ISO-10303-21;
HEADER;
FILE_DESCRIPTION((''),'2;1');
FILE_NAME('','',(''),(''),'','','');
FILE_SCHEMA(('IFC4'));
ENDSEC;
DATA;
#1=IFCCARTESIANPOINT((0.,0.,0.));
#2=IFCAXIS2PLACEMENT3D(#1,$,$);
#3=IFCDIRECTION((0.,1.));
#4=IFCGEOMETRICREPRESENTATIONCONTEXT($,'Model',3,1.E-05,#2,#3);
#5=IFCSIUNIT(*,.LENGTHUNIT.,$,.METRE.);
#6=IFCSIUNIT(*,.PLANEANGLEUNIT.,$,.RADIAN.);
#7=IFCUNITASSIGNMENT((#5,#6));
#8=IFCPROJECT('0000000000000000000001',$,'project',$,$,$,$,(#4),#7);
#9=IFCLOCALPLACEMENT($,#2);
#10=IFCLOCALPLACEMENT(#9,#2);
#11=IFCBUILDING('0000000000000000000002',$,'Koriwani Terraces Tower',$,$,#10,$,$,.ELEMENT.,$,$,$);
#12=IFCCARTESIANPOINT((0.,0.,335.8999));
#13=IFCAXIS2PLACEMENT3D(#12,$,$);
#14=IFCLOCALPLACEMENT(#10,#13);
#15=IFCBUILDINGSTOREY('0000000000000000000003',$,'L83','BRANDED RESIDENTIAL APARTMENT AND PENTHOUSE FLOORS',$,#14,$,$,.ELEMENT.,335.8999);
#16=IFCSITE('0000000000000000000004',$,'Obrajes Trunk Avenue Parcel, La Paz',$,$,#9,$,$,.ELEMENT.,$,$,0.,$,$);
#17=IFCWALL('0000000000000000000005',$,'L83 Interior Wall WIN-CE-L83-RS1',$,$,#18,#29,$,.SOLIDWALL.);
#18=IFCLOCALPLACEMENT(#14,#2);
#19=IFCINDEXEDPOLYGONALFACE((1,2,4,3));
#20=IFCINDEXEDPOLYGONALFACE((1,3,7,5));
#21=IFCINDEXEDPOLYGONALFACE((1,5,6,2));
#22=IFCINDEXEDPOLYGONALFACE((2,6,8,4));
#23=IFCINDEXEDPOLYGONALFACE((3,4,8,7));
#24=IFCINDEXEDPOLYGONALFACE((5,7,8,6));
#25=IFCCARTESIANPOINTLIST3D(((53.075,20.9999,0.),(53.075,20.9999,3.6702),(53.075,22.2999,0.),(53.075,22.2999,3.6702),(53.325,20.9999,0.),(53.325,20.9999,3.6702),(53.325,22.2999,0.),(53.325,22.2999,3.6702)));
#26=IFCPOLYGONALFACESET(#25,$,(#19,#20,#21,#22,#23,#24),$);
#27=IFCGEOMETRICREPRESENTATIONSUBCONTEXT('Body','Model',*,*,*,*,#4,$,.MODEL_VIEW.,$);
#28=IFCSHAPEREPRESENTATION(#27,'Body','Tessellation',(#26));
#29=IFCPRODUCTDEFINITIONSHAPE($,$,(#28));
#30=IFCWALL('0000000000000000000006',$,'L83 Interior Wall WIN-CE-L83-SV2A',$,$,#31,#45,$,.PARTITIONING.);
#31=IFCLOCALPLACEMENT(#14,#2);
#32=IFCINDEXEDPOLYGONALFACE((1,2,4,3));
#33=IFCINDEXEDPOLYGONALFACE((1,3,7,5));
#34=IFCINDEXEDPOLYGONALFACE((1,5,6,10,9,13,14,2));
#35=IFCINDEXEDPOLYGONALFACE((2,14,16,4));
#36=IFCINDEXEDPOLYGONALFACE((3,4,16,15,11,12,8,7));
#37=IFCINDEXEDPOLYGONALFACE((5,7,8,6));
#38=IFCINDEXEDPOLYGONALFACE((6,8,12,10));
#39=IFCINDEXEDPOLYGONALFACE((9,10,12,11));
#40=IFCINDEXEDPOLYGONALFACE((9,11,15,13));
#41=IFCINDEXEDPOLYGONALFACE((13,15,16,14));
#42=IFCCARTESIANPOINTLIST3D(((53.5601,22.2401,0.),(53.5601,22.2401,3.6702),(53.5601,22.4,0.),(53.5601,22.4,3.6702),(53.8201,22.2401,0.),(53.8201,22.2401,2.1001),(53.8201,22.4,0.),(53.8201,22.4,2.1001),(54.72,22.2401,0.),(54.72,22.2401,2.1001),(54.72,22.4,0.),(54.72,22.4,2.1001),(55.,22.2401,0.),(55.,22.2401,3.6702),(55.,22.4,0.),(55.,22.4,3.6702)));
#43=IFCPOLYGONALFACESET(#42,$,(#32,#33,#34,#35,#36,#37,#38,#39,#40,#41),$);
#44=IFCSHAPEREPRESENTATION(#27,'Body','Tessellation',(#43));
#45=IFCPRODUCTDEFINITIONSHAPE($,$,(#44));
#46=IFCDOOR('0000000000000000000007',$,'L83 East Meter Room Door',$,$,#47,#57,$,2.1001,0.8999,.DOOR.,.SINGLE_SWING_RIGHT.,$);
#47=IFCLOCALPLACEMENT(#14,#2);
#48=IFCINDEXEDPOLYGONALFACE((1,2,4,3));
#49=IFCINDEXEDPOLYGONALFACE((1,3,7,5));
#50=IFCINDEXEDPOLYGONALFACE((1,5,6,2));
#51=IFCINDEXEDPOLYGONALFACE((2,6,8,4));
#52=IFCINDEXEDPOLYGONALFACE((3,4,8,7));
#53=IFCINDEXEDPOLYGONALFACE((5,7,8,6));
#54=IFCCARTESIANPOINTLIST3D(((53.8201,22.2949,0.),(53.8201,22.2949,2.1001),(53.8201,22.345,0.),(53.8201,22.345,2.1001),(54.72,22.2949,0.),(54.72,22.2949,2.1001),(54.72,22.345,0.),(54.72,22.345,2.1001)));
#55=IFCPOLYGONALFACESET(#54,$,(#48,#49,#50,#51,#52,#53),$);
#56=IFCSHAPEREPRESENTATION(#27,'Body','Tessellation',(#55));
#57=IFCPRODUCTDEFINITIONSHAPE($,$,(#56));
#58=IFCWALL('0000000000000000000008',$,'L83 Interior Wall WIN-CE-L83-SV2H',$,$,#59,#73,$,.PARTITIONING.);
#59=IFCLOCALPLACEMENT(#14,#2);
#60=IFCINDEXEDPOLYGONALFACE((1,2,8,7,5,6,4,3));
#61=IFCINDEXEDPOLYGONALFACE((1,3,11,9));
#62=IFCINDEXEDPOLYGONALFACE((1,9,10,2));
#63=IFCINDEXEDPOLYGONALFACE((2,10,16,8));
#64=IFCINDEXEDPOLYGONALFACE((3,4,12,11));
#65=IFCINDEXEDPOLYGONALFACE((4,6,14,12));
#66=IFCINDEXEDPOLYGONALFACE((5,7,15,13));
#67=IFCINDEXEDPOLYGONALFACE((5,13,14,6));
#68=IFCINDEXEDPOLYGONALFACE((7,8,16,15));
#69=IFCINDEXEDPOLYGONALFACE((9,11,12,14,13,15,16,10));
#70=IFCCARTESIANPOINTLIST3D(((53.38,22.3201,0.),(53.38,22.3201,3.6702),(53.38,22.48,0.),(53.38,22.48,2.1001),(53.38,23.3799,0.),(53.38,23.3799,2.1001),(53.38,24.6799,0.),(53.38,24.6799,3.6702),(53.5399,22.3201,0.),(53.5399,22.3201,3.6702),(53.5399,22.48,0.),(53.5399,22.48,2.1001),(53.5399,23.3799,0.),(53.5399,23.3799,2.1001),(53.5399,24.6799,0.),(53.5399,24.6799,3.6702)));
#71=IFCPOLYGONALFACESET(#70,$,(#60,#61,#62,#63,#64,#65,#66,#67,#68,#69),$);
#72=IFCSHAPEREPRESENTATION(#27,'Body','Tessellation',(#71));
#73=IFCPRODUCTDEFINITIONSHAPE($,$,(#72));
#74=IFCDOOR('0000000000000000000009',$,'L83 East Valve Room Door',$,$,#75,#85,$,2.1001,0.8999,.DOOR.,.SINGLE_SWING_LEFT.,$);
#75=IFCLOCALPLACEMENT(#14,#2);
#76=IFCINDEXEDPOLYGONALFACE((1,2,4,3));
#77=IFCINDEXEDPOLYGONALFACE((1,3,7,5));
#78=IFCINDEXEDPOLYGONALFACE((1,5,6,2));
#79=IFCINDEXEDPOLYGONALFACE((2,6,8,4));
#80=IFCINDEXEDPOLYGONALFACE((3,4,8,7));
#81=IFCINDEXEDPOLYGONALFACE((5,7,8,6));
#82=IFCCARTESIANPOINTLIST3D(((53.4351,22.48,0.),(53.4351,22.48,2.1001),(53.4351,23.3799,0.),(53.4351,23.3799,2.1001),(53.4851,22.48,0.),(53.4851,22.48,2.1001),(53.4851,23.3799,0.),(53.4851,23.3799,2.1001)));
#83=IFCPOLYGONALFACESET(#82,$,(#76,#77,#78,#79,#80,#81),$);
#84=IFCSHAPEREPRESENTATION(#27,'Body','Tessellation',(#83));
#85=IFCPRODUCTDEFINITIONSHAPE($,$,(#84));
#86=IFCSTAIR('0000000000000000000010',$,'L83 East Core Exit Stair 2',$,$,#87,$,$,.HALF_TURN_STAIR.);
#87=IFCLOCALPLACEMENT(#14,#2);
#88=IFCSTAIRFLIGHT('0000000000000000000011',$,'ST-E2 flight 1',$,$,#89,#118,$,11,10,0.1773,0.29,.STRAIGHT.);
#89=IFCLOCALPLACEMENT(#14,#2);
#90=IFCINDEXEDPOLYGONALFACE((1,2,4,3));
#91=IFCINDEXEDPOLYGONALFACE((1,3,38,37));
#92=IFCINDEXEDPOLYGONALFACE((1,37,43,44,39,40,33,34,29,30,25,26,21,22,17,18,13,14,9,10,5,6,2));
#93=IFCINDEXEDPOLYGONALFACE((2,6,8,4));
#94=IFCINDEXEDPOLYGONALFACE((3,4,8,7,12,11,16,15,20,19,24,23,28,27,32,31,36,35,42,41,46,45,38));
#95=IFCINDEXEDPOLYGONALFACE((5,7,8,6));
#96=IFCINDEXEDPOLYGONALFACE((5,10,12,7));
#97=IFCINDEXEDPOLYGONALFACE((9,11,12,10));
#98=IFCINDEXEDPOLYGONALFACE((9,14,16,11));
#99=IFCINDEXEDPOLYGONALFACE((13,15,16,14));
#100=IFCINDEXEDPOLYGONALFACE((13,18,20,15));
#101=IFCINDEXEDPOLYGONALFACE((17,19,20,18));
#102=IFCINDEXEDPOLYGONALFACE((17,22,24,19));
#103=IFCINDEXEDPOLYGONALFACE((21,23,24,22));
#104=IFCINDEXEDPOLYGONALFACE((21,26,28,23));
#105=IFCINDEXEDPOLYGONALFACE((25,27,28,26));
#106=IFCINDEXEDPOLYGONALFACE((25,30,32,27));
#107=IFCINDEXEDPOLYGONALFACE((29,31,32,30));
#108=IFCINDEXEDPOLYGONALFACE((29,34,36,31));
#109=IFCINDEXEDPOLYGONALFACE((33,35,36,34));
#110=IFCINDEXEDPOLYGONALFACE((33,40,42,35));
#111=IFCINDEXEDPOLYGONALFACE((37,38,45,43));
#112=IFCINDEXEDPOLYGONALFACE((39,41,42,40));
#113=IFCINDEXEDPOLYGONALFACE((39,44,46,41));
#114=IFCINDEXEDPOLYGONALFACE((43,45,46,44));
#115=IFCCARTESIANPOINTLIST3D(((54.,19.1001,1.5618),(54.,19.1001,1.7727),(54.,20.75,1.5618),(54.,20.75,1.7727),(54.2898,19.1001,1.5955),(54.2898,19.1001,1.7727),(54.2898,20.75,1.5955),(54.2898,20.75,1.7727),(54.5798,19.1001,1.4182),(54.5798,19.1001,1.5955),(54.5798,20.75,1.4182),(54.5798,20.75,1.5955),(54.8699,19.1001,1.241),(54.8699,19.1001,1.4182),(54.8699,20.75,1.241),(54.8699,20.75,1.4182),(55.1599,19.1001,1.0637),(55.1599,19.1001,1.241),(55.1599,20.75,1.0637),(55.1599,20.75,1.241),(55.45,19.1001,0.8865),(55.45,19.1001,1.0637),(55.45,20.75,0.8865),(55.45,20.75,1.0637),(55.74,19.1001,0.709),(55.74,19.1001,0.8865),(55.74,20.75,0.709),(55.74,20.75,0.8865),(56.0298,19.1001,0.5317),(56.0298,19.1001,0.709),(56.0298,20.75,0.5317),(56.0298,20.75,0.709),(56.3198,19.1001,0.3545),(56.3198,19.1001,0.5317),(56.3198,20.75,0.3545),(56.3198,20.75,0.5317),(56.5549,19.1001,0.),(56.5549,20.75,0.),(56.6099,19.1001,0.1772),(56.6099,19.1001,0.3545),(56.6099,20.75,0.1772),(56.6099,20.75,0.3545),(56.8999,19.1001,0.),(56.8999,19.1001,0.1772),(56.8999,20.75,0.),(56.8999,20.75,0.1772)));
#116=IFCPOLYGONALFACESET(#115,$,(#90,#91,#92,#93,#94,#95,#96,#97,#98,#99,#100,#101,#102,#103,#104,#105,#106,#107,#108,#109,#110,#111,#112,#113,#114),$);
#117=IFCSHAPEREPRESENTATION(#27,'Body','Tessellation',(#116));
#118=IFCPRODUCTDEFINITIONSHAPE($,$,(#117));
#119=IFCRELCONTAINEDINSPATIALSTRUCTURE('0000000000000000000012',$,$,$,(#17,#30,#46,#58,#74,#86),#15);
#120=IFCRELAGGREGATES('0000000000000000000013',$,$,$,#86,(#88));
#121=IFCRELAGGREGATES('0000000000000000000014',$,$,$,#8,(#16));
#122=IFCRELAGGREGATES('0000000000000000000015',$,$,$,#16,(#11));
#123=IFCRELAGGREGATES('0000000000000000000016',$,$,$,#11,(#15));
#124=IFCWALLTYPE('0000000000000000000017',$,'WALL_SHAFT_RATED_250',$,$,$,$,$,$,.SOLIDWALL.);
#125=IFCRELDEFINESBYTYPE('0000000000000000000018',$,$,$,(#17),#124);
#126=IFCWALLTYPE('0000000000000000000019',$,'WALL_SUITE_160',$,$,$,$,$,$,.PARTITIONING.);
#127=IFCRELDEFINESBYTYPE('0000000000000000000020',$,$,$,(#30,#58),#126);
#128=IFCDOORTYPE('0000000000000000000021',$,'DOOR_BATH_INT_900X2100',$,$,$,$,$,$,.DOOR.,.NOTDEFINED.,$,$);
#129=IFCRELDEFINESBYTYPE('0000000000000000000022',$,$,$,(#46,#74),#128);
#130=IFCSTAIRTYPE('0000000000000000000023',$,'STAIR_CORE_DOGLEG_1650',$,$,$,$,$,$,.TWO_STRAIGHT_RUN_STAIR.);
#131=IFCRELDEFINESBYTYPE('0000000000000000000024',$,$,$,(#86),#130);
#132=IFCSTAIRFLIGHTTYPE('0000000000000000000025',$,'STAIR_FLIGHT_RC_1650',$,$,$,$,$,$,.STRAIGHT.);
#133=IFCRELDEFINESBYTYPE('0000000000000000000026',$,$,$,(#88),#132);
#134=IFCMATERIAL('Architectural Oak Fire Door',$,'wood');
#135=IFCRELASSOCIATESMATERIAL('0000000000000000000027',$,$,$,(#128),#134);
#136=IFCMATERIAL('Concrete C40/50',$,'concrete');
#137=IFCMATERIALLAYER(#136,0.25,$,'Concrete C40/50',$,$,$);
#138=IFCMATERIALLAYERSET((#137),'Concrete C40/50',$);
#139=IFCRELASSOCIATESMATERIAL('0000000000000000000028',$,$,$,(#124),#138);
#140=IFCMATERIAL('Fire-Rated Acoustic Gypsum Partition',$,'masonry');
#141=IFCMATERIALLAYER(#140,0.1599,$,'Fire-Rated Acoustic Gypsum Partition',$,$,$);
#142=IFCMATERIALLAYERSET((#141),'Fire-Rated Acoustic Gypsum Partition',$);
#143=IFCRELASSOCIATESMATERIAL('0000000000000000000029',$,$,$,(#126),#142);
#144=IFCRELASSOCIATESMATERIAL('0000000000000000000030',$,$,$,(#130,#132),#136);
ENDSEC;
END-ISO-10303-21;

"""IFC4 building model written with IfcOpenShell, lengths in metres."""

from ifc_helpers import new_model, si_unit, direction, frame, frame_2d, origin, place, context, subcontext, project, spatial, polyline, rectangle, outline, extrude, material, layer, layer_set, type_object, element, fill, aggregate, save


model = new_model("IFC4")

# Units and contexts
model_context = context("Model", 3, precision=1e-05, world=origin(), true_north=direction((0.0, 1.0)))
body_context = subcontext(model_context, "Body", "Model", "MODEL_VIEW")
ifc_project = project(units=[si_unit("LENGTHUNIT", "METRE"), si_unit("PLANEANGLEUNIT", "RADIAN")], contexts=[model_context])

# Site, building, storey
site_placement = place(None, origin())
site = spatial("IfcSite", under=ifc_project, at=site_placement, Name="Obrajes Trunk Avenue Parcel, La Paz", CompositionType="ELEMENT", RefElevation=0.0)
building_placement = place(site_placement, origin())
building = spatial("IfcBuilding", under=site, at=building_placement, Name="Koriwani Terraces Tower", CompositionType="ELEMENT")
storey_placement = place(building_placement, frame((0.0, 0.0, 335.8999)))
storey = spatial("IfcBuildingStorey", under=building, at=storey_placement, Name="L83", Description="BRANDED RESIDENTIAL APARTMENT AND PENTHOUSE FLOORS", CompositionType="ELEMENT", Elevation=335.8999)

# Shared definitions
ifc_material_1 = material(Name="Concrete C40/50", Category="concrete")

# Shared definitions
ifc_material_2 = material(Name="Fire-Rated Acoustic Gypsum Partition", Category="masonry")
ifc_material_3 = material(Name="Architectural Oak Fire Door", Category="wood")
door_type_1 = type_object("IfcDoorType", Name="DOOR_BATH_INT_900X2100", OperationType="NOTDEFINED", PredefinedType="DOOR", material=ifc_material_3)

# Shared definitions
ifc_layer_1 = layer(ifc_material_1, 0.25, Name="Concrete C40/50")
ifc_layer_set_1 = layer_set([ifc_layer_1], Name="Concrete C40/50")
wall_type_1 = type_object("IfcWallType", Name="WALL_SHAFT_RATED_250", PredefinedType="SOLIDWALL", material=ifc_layer_set_1)

# Wall
wall_1_placement = place(storey_placement, frame((53.2, 21.0, 0.0), z_axis=(0.0, 0.0, 1.0), x_axis=(0.0, 1.0, 0.0)))
element("IfcWall", 1, at=wall_1_placement, inside=storey, type_object=wall_type_1, Name="L83 Interior Wall WIN-CE-L83-RS1", PredefinedType="SOLIDWALL", context=body_context, shape_type="SweptSolid", body=[
    extrude(rectangle(XDim=1.3, YDim=0.25, at=frame_2d((0.6499, 0.0))), origin(), (0.0, 0.0, 1.0), 3.6702),
])

# Walls, openings, doors
ifc_layer_2 = layer(ifc_material_2, 0.1599, Name="Fire-Rated Acoustic Gypsum Partition")
ifc_layer_set_2 = layer_set([ifc_layer_2], Name="Fire-Rated Acoustic Gypsum Partition")
wall_type_2 = type_object("IfcWallType", Name="WALL_SUITE_160", PredefinedType="PARTITIONING", material=ifc_layer_set_2)
wall_2_placement = place(storey_placement, frame((53.5601, 22.3201, 0.0), z_axis=(0.0, 0.0, 1.0), x_axis=(1.0, 0.0, 0.0)))
wall_2 = element("IfcWall", 2, at=wall_2_placement, inside=storey, type_object=wall_type_2, Name="L83 Interior Wall WIN-CE-L83-SV2A", PredefinedType="PARTITIONING", context=body_context, shape_type="SweptSolid", body=[
    extrude(rectangle(XDim=1.4399, YDim=0.1599, at=frame_2d((0.72, 0.0))), origin(), (0.0, 0.0, 1.0), 3.6702),
])
opening_1_placement = place(wall_2_placement, frame((0.26, 0.0, 0.0)))
opening_1 = element("IfcOpeningElement", 3, at=opening_1_placement, cuts=wall_2, PredefinedType="OPENING", context=body_context, shape_type="SweptSolid", body=[
    extrude(rectangle(XDim=0.8999, YDim=2.1001, at=frame_2d((0.45, 1.05))), frame((0.0, 0.0898, 0.0), z_axis=(0.0, -1.0, 0.0), x_axis=(1.0, 0.0, 0.0)), (0.0, 0.0, 1.0), 0.1799),
])
door_1_placement = place(opening_1_placement, origin())
door_1 = element("IfcDoor", 4, at=door_1_placement, inside=storey, type_object=door_type_1, Name="L83 East Meter Room Door", OperationType="SINGLE_SWING_RIGHT", OverallHeight=2.1001, OverallWidth=0.8999, PredefinedType="DOOR", context=body_context, shape_type="SweptSolid", body=[
    extrude(rectangle(XDim=0.8999, YDim=2.1001, at=frame_2d((0.45, 1.05))), frame((0.0, 0.0249, 0.0), z_axis=(0.0, -1.0, 0.0), x_axis=(1.0, 0.0, 0.0)), (0.0, 0.0, 1.0), 0.05),
])
fill(opening_1, door_1)
wall_3_placement = place(storey_placement, frame((53.46, 22.3201, 0.0), z_axis=(0.0, 0.0, 1.0), x_axis=(0.0, 1.0, 0.0)))
wall_3 = element("IfcWall", 5, at=wall_3_placement, inside=storey, type_object=wall_type_2, Name="L83 Interior Wall WIN-CE-L83-SV2H", PredefinedType="PARTITIONING", context=body_context, shape_type="SweptSolid", body=[
    extrude(rectangle(XDim=2.3599, YDim=0.1599, at=frame_2d((1.1799, 0.0))), origin(), (0.0, 0.0, 1.0), 3.6702),
])
opening_2_placement = place(wall_3_placement, frame((0.1599, 0.0, 0.0)))
opening_2 = element("IfcOpeningElement", 6, at=opening_2_placement, cuts=wall_3, PredefinedType="OPENING", context=body_context, shape_type="SweptSolid", body=[
    extrude(rectangle(XDim=0.8999, YDim=2.1001, at=frame_2d((0.45, 1.05))), frame((0.0, 0.0898, 0.0), z_axis=(0.0, -1.0, 0.0), x_axis=(1.0, 0.0, 0.0)), (0.0, 0.0, 1.0), 0.1799),
])
door_2_placement = place(opening_2_placement, origin())
door_2 = element("IfcDoor", 7, at=door_2_placement, inside=storey, type_object=door_type_1, Name="L83 East Valve Room Door", OperationType="SINGLE_SWING_LEFT", OverallHeight=2.1001, OverallWidth=0.8999, PredefinedType="DOOR", context=body_context, shape_type="SweptSolid", body=[
    extrude(rectangle(XDim=0.8999, YDim=2.1001, at=frame_2d((0.45, 1.05))), frame((0.0, 0.0249, 0.0), z_axis=(0.0, -1.0, 0.0), x_axis=(1.0, 0.0, 0.0)), (0.0, 0.0, 1.0), 0.05),
])
fill(opening_2, door_2)

# Stair, stair flight
stair_type = type_object("IfcStairType", Name="STAIR_CORE_DOGLEG_1650", PredefinedType="TWO_STRAIGHT_RUN_STAIR", material=ifc_material_1)
stair_placement = place(storey_placement, origin())
stair = element("IfcStair", 8, at=stair_placement, inside=storey, type_object=stair_type, Name="L83 East Core Exit Stair 2", PredefinedType="HALF_TURN_STAIR")
stair_flight_type = type_object("IfcStairFlightType", Name="STAIR_FLIGHT_RC_1650", PredefinedType="STRAIGHT", material=ifc_material_1)
stair_flight_placement = place(storey_placement, frame((56.8999, 19.925, 0.0), z_axis=(0.0, 0.0, 1.0), x_axis=(-1.0, 0.0, 0.0)))
stair_flight = element("IfcStairFlight", 9, at=stair_flight_placement, type_object=stair_flight_type, Name="ST-E2 flight 1", NumberOfRisers=11, NumberOfTreads=10, PredefinedType="STRAIGHT", RiserHeight=0.1773, TreadLength=0.29, context=body_context, shape_type="SweptSolid", body=[
    extrude(outline(polyline([(0.0, 0.0), (0.0, 0.1772), (0.29, 0.1772), (0.29, 0.3545), (0.5801, 0.3545), (0.5801, 0.5317), (0.8701, 0.5317), (0.8701, 0.709), (1.1599, 0.709), (1.1599, 0.8865), (1.45, 0.8865), (1.45, 1.0637), (1.74, 1.0637), (1.74, 1.241), (2.03, 1.241), (2.03, 1.4182), (2.3201, 1.4182), (2.3201, 1.5955), (2.6101, 1.5955), (2.6101, 1.7727), (2.8999, 1.7727), (2.8999, 1.95), (2.8999, 1.5618), (0.345, 0.0), (0.0, 0.0)])), frame((0.0, 0.825, 0.0), z_axis=(0.0, -1.0, 0.0), x_axis=(1.0, 0.0, 0.0)), (0.0, 0.0, 1.0), 1.6499),
])
aggregate(stair, [stair_flight])

save(model, "model.ifc")
